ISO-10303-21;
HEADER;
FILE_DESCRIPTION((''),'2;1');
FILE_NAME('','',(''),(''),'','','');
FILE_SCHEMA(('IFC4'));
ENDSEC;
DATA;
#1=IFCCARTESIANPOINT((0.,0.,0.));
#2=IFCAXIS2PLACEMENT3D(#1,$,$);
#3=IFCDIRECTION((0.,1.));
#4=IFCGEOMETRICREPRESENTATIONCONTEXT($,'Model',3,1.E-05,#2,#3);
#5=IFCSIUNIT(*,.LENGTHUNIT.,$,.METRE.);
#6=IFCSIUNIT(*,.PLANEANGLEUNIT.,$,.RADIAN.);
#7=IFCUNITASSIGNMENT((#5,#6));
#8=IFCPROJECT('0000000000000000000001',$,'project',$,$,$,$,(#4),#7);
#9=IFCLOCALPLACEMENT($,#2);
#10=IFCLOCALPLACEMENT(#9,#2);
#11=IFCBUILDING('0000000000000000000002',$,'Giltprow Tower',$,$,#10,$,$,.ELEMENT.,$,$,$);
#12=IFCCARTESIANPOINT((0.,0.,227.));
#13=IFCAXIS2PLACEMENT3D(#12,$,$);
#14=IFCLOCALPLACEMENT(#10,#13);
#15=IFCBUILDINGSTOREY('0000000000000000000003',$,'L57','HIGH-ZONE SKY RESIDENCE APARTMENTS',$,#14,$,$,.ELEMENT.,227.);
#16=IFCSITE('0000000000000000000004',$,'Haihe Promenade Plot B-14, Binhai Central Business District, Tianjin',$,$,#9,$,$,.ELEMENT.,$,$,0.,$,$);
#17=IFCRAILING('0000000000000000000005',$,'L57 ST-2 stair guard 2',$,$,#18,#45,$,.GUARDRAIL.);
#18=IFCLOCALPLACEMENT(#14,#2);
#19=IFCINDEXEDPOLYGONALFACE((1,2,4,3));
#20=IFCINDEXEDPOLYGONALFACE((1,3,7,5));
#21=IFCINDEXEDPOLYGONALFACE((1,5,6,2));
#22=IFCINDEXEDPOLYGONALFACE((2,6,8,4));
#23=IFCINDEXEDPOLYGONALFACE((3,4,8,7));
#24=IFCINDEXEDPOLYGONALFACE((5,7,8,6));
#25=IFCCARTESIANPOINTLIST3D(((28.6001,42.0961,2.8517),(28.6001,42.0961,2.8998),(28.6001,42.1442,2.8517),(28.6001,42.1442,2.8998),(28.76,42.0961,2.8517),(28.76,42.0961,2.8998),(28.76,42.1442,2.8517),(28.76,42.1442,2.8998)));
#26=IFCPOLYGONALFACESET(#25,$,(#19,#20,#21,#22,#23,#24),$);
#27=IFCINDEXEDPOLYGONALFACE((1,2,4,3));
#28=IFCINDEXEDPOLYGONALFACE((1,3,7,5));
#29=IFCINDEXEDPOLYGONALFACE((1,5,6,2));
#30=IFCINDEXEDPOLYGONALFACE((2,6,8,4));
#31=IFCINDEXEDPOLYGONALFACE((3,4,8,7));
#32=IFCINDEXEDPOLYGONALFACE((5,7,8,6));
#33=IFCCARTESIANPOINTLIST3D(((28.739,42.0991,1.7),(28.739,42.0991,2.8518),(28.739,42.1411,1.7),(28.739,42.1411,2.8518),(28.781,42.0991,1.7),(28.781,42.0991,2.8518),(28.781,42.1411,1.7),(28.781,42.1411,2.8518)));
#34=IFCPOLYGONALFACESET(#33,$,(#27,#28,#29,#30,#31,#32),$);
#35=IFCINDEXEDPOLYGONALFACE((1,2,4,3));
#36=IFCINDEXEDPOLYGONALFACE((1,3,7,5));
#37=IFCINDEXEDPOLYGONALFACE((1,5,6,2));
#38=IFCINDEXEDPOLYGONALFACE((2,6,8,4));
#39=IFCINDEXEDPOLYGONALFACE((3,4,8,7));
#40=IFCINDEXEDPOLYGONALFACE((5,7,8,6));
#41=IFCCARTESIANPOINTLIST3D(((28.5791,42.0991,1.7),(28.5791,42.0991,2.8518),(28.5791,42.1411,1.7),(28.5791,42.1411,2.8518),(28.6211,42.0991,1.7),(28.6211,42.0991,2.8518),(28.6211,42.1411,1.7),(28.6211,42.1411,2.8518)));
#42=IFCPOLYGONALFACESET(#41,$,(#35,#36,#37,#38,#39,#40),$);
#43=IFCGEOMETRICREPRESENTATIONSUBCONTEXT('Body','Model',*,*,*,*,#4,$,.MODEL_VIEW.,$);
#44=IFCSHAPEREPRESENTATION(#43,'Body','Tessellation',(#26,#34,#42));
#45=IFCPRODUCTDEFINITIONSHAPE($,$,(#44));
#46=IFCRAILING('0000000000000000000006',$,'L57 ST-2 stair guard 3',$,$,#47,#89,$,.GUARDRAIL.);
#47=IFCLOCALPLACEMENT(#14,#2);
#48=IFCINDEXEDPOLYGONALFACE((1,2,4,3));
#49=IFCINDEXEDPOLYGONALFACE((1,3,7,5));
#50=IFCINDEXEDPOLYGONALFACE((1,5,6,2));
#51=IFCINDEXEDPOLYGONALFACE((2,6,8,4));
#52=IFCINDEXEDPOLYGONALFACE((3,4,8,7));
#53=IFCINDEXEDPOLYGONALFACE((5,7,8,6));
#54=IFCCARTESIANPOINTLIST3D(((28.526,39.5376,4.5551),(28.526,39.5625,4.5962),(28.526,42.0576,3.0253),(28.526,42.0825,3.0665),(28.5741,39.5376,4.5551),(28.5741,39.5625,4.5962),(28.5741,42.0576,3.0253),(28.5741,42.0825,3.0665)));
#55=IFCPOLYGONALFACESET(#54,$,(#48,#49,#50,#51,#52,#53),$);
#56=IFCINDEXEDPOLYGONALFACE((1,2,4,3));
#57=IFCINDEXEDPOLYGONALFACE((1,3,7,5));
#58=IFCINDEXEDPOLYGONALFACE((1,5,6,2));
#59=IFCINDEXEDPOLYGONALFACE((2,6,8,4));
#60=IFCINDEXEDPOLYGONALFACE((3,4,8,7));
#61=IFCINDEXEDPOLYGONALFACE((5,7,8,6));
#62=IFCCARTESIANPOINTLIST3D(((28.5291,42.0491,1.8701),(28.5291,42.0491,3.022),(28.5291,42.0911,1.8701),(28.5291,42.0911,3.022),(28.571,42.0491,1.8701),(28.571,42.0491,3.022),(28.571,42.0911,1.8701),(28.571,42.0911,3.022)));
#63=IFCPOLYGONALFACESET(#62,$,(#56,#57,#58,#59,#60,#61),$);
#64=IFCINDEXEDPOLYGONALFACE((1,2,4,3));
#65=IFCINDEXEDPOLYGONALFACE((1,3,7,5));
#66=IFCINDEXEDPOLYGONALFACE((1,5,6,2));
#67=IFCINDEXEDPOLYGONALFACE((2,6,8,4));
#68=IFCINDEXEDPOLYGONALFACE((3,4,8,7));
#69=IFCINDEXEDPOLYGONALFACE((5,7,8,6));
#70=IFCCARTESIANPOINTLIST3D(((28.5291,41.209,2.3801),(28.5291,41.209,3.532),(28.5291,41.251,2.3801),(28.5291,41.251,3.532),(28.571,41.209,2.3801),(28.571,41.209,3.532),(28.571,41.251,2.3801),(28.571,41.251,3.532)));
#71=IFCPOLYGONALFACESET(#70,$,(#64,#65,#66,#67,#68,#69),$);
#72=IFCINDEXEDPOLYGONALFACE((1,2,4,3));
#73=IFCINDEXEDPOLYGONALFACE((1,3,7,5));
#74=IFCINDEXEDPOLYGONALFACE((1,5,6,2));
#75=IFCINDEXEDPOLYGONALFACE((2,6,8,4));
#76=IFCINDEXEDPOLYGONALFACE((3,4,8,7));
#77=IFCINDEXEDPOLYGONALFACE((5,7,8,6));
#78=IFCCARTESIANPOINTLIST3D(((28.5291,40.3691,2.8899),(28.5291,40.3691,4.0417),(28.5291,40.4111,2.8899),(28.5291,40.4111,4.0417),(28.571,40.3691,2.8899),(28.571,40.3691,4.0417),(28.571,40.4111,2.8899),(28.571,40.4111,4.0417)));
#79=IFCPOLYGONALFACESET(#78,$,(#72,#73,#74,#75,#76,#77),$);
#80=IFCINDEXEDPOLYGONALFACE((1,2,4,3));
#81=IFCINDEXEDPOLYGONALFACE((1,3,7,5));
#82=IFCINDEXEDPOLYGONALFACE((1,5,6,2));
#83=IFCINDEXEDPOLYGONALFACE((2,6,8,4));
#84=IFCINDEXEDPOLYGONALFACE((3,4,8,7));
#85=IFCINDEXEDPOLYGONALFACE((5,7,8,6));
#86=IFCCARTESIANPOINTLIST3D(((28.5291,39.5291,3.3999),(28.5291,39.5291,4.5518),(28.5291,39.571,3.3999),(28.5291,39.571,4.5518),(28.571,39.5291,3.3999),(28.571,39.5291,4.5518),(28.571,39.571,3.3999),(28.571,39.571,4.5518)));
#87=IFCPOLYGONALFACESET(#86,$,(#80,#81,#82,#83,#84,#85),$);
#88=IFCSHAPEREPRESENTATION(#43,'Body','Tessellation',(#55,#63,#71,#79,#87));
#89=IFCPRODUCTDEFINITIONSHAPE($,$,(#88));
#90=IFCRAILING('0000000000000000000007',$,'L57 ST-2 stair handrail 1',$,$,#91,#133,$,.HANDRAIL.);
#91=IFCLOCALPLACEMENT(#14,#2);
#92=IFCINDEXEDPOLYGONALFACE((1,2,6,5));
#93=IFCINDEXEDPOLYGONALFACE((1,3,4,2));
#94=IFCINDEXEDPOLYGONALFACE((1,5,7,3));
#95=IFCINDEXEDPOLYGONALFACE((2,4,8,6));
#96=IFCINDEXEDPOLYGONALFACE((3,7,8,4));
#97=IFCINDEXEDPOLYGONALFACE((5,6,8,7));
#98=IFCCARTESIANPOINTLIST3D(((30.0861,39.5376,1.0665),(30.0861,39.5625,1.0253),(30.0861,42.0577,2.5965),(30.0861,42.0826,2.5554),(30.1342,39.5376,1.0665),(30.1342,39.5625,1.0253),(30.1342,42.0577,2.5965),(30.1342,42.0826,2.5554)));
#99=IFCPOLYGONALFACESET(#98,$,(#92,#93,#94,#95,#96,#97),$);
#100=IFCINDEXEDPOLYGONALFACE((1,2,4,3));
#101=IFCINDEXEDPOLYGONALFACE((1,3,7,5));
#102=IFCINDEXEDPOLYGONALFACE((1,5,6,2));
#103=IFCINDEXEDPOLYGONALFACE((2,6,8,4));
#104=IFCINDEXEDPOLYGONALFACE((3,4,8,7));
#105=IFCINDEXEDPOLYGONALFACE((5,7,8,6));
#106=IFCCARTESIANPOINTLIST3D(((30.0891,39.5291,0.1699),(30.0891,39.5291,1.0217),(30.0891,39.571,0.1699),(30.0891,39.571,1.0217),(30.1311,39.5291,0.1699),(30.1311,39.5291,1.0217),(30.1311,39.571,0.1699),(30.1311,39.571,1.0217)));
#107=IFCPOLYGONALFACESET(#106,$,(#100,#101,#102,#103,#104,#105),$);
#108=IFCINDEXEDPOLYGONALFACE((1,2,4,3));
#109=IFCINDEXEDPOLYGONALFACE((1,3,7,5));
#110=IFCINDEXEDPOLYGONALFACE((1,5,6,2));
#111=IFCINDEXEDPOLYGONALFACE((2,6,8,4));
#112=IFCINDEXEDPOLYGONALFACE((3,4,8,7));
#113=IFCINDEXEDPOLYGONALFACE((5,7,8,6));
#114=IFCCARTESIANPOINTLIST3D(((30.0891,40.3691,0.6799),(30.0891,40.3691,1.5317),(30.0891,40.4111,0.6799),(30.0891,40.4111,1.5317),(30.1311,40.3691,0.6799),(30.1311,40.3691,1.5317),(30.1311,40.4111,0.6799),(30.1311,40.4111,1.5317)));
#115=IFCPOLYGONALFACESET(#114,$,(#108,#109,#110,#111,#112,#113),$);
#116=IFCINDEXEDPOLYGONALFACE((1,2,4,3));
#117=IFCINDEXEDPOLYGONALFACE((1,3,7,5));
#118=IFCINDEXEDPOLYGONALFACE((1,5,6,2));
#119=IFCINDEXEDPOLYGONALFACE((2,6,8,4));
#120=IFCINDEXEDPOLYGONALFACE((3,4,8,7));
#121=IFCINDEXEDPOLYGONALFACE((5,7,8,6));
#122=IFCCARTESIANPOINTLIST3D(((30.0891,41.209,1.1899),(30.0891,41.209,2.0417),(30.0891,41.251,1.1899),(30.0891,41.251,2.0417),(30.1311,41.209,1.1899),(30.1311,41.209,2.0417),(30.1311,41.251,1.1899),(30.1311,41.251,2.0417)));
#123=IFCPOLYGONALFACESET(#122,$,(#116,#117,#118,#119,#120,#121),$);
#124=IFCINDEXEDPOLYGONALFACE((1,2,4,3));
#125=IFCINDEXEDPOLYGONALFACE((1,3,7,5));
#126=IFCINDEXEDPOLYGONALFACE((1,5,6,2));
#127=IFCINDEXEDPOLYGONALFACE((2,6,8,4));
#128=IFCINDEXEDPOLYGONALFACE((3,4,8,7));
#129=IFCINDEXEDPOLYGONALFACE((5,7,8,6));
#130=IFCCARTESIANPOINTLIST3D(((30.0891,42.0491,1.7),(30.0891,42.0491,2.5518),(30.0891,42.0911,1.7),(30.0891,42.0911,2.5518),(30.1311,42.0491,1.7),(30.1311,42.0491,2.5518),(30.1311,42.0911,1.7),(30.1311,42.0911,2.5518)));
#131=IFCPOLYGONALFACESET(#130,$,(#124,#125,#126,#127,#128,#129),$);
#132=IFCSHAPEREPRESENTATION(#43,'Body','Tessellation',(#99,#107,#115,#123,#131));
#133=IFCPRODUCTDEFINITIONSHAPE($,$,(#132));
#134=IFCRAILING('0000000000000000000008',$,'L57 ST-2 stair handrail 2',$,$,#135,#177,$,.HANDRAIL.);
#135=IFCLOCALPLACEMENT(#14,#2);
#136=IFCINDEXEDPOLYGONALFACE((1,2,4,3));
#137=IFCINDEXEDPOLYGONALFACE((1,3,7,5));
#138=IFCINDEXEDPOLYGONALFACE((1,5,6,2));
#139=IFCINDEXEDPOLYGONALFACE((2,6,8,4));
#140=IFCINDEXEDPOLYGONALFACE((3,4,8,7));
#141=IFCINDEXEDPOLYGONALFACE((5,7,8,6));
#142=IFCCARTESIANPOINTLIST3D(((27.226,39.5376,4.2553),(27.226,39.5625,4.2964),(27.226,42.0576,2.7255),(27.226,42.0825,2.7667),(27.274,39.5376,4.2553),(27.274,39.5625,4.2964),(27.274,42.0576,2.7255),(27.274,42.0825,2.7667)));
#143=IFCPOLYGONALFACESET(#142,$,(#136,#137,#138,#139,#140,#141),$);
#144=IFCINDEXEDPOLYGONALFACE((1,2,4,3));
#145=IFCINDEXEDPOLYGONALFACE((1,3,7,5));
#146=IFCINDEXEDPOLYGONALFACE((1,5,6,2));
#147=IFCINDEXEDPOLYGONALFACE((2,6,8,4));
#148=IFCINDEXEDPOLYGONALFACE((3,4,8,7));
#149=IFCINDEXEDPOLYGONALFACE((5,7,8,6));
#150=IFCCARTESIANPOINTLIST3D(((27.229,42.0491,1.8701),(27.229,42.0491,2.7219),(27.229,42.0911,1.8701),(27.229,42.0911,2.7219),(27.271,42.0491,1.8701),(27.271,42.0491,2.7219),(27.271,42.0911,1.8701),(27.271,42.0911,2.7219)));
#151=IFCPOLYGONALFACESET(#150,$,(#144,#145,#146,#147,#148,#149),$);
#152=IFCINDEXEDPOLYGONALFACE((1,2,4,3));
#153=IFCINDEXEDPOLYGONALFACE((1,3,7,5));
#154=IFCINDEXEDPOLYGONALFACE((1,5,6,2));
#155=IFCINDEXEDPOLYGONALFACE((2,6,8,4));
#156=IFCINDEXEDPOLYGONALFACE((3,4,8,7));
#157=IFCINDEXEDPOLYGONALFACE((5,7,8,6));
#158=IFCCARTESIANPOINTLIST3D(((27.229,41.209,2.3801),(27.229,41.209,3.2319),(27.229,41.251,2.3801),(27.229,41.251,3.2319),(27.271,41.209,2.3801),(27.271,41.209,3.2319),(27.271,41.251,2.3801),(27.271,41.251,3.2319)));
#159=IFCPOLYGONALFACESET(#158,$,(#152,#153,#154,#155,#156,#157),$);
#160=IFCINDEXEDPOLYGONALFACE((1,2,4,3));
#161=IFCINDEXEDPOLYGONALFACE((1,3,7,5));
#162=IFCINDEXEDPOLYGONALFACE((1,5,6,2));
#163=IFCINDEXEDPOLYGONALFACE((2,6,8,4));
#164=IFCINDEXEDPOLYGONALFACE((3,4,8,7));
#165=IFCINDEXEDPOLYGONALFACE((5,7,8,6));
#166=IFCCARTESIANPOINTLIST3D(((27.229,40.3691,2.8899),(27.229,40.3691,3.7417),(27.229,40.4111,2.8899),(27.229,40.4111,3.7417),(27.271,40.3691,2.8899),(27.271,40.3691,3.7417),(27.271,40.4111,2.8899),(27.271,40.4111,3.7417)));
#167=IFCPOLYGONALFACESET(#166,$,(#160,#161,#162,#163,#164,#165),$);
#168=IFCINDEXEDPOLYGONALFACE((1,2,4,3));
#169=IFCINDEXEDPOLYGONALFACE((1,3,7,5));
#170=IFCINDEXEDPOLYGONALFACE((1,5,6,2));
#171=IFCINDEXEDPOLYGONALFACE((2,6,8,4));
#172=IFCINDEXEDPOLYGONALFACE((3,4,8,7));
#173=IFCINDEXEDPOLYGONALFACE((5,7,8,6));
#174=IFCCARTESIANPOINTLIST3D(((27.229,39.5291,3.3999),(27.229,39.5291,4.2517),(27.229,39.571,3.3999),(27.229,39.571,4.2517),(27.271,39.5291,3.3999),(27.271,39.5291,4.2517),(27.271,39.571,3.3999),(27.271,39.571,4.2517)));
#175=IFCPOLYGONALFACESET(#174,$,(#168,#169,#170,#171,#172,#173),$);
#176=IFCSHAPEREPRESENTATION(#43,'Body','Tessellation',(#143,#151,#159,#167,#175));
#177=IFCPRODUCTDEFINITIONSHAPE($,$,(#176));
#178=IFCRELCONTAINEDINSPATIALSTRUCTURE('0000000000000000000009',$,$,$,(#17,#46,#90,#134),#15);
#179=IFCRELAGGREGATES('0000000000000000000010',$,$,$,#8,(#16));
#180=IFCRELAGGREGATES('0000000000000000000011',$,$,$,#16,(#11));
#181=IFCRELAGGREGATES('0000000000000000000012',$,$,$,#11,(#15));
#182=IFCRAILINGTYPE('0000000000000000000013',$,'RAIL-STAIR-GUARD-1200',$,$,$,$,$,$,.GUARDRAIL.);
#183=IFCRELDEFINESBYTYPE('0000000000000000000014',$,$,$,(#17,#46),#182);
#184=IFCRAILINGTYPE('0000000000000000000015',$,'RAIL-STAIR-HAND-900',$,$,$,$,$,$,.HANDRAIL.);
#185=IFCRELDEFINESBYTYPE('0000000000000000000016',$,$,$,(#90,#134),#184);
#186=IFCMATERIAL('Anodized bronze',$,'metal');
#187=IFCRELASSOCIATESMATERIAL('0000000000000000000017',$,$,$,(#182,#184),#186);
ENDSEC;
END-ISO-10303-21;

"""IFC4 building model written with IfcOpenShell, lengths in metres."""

from ifc_helpers import new_model, si_unit, direction, frame, origin, origin_2d, place, context, subcontext, project, spatial, rectangle, extrude, material, type_object, element, save


model = new_model("IFC4")

# Units and contexts
model_context = context("Model", 3, precision=1e-05, world=origin(), true_north=direction((0.0, 1.0)))
body_context = subcontext(model_context, "Body", "Model", "MODEL_VIEW")
ifc_project = project(units=[si_unit("LENGTHUNIT", "METRE"), si_unit("PLANEANGLEUNIT", "RADIAN")], contexts=[model_context])

# Site, building, storey
site_placement = place(None, origin())
site = spatial("IfcSite", under=ifc_project, at=site_placement, Name="Haihe Promenade Plot B-14, Binhai Central Business District, Tianjin", CompositionType="ELEMENT", RefElevation=0.0)
building_placement = place(site_placement, origin())
building = spatial("IfcBuilding", under=site, at=building_placement, Name="Giltprow Tower", CompositionType="ELEMENT")
storey_placement = place(building_placement, frame((0.0, 0.0, 227.0)))
storey = spatial("IfcBuildingStorey", under=building, at=storey_placement, Name="L57", Description="HIGH-ZONE SKY RESIDENCE APARTMENTS", CompositionType="ELEMENT", Elevation=227.0)

# Railings
ifc_material_1 = material(Name="Anodized bronze", Category="metal")
railing_type_1 = type_object("IfcRailingType", Name="RAIL-STAIR-GUARD-1200", PredefinedType="GUARDRAIL", material=ifc_material_1)
railing_1_placement = place(storey_placement, frame((28.76, 42.1201, 1.7)))
element("IfcRailing", 1, at=railing_1_placement, inside=storey, type_object=railing_type_1, Name="L57 ST-2 stair guard 2", PredefinedType="GUARDRAIL", context=body_context, shape_type="SweptSolid", body=[
    extrude(rectangle(XDim=0.0481, YDim=0.0481, at=origin_2d()), frame((0.0, 0.0, 1.1758), z_axis=(-1.0, 0.0, 0.0), x_axis=(0.0, -1.0, 0.0)), (0.0, 0.0, 1.0), 0.1599),
    extrude(rectangle(XDim=0.042, YDim=0.042, at=origin_2d()), origin(), (0.0, 0.0, 1.0), 1.1519),
    extrude(rectangle(XDim=0.042, YDim=0.042, at=origin_2d()), frame((-0.1599, 0.0, 0.0)), (0.0, 0.0, 1.0), 1.1519),
])
railing_2_placement = place(storey_placement, frame((28.55, 42.0701, 1.8701)))
element("IfcRailing", 2, at=railing_2_placement, inside=storey, type_object=railing_type_1, Name="L57 ST-2 stair guard 3", PredefinedType="GUARDRAIL", context=body_context, shape_type="SweptSolid", body=[
    extrude(rectangle(XDim=0.0481, YDim=0.0481, at=origin_2d()), frame((0.0, 0.0, 1.1758), z_axis=(0.0, -0.854822, 0.518922), x_axis=(1.0, 0.0, 0.0)), (0.0, 0.0, 1.0), 2.948),
    extrude(rectangle(XDim=0.042, YDim=0.042, at=origin_2d()), origin(), (0.0, 0.0, 1.0), 1.1519),
    extrude(rectangle(XDim=0.042, YDim=0.042, at=origin_2d()), frame((0.0, -0.8401, 0.51)), (0.0, 0.0, 1.0), 1.1519),
    extrude(rectangle(XDim=0.042, YDim=0.042, at=origin_2d()), frame((0.0, -1.6799, 1.0198)), (0.0, 0.0, 1.0), 1.1519),
    extrude(rectangle(XDim=0.042, YDim=0.042, at=origin_2d()), frame((0.0, -2.52, 1.5298)), (0.0, 0.0, 1.0), 1.1519),
])
railing_type_2 = type_object("IfcRailingType", Name="RAIL-STAIR-HAND-900", PredefinedType="HANDRAIL", material=ifc_material_1)
railing_3_placement = place(storey_placement, frame((30.1101, 39.55, 0.1699)))
element("IfcRailing", 3, at=railing_3_placement, inside=storey, type_object=railing_type_2, Name="L57 ST-2 stair handrail 1", PredefinedType="HANDRAIL", context=body_context, shape_type="SweptSolid", body=[
    extrude(rectangle(XDim=0.0481, YDim=0.0481, at=origin_2d()), frame((0.0, 0.0, 0.876), z_axis=(0.0, 0.854785, 0.518982), x_axis=(-1.0, 0.0, 0.0)), (0.0, 0.0, 1.0), 2.9482),
    extrude(rectangle(XDim=0.042, YDim=0.042, at=origin_2d()), origin(), (0.0, 0.0, 1.0), 0.8518),
    extrude(rectangle(XDim=0.042, YDim=0.042, at=origin_2d()), frame((0.0, 0.8401, 0.51)), (0.0, 0.0, 1.0), 0.8518),
    extrude(rectangle(XDim=0.042, YDim=0.042, at=origin_2d()), frame((0.0, 1.6799, 1.02)), (0.0, 0.0, 1.0), 0.8518),
    extrude(rectangle(XDim=0.042, YDim=0.042, at=origin_2d()), frame((0.0, 2.52, 1.53)), (0.0, 0.0, 1.0), 0.8518),
])
railing_4_placement = place(storey_placement, frame((27.25, 42.0701, 1.8701)))
element("IfcRailing", 4, at=railing_4_placement, inside=storey, type_object=railing_type_2, Name="L57 ST-2 stair handrail 2", PredefinedType="HANDRAIL", context=body_context, shape_type="SweptSolid", body=[
    extrude(rectangle(XDim=0.0481, YDim=0.0481, at=origin_2d()), frame((0.0, 0.0, 0.876), z_axis=(0.0, -0.854822, 0.518922), x_axis=(1.0, 0.0, 0.0)), (0.0, 0.0, 1.0), 2.948),
    extrude(rectangle(XDim=0.042, YDim=0.042, at=origin_2d()), origin(), (0.0, 0.0, 1.0), 0.8518),
    extrude(rectangle(XDim=0.042, YDim=0.042, at=origin_2d()), frame((0.0, -0.8401, 0.51)), (0.0, 0.0, 1.0), 0.8518),
    extrude(rectangle(XDim=0.042, YDim=0.042, at=origin_2d()), frame((0.0, -1.6799, 1.0198)), (0.0, 0.0, 1.0), 0.8518),
    extrude(rectangle(XDim=0.042, YDim=0.042, at=origin_2d()), frame((0.0, -2.52, 1.5298)), (0.0, 0.0, 1.0), 0.8518),
])

save(model, "model.ifc")
